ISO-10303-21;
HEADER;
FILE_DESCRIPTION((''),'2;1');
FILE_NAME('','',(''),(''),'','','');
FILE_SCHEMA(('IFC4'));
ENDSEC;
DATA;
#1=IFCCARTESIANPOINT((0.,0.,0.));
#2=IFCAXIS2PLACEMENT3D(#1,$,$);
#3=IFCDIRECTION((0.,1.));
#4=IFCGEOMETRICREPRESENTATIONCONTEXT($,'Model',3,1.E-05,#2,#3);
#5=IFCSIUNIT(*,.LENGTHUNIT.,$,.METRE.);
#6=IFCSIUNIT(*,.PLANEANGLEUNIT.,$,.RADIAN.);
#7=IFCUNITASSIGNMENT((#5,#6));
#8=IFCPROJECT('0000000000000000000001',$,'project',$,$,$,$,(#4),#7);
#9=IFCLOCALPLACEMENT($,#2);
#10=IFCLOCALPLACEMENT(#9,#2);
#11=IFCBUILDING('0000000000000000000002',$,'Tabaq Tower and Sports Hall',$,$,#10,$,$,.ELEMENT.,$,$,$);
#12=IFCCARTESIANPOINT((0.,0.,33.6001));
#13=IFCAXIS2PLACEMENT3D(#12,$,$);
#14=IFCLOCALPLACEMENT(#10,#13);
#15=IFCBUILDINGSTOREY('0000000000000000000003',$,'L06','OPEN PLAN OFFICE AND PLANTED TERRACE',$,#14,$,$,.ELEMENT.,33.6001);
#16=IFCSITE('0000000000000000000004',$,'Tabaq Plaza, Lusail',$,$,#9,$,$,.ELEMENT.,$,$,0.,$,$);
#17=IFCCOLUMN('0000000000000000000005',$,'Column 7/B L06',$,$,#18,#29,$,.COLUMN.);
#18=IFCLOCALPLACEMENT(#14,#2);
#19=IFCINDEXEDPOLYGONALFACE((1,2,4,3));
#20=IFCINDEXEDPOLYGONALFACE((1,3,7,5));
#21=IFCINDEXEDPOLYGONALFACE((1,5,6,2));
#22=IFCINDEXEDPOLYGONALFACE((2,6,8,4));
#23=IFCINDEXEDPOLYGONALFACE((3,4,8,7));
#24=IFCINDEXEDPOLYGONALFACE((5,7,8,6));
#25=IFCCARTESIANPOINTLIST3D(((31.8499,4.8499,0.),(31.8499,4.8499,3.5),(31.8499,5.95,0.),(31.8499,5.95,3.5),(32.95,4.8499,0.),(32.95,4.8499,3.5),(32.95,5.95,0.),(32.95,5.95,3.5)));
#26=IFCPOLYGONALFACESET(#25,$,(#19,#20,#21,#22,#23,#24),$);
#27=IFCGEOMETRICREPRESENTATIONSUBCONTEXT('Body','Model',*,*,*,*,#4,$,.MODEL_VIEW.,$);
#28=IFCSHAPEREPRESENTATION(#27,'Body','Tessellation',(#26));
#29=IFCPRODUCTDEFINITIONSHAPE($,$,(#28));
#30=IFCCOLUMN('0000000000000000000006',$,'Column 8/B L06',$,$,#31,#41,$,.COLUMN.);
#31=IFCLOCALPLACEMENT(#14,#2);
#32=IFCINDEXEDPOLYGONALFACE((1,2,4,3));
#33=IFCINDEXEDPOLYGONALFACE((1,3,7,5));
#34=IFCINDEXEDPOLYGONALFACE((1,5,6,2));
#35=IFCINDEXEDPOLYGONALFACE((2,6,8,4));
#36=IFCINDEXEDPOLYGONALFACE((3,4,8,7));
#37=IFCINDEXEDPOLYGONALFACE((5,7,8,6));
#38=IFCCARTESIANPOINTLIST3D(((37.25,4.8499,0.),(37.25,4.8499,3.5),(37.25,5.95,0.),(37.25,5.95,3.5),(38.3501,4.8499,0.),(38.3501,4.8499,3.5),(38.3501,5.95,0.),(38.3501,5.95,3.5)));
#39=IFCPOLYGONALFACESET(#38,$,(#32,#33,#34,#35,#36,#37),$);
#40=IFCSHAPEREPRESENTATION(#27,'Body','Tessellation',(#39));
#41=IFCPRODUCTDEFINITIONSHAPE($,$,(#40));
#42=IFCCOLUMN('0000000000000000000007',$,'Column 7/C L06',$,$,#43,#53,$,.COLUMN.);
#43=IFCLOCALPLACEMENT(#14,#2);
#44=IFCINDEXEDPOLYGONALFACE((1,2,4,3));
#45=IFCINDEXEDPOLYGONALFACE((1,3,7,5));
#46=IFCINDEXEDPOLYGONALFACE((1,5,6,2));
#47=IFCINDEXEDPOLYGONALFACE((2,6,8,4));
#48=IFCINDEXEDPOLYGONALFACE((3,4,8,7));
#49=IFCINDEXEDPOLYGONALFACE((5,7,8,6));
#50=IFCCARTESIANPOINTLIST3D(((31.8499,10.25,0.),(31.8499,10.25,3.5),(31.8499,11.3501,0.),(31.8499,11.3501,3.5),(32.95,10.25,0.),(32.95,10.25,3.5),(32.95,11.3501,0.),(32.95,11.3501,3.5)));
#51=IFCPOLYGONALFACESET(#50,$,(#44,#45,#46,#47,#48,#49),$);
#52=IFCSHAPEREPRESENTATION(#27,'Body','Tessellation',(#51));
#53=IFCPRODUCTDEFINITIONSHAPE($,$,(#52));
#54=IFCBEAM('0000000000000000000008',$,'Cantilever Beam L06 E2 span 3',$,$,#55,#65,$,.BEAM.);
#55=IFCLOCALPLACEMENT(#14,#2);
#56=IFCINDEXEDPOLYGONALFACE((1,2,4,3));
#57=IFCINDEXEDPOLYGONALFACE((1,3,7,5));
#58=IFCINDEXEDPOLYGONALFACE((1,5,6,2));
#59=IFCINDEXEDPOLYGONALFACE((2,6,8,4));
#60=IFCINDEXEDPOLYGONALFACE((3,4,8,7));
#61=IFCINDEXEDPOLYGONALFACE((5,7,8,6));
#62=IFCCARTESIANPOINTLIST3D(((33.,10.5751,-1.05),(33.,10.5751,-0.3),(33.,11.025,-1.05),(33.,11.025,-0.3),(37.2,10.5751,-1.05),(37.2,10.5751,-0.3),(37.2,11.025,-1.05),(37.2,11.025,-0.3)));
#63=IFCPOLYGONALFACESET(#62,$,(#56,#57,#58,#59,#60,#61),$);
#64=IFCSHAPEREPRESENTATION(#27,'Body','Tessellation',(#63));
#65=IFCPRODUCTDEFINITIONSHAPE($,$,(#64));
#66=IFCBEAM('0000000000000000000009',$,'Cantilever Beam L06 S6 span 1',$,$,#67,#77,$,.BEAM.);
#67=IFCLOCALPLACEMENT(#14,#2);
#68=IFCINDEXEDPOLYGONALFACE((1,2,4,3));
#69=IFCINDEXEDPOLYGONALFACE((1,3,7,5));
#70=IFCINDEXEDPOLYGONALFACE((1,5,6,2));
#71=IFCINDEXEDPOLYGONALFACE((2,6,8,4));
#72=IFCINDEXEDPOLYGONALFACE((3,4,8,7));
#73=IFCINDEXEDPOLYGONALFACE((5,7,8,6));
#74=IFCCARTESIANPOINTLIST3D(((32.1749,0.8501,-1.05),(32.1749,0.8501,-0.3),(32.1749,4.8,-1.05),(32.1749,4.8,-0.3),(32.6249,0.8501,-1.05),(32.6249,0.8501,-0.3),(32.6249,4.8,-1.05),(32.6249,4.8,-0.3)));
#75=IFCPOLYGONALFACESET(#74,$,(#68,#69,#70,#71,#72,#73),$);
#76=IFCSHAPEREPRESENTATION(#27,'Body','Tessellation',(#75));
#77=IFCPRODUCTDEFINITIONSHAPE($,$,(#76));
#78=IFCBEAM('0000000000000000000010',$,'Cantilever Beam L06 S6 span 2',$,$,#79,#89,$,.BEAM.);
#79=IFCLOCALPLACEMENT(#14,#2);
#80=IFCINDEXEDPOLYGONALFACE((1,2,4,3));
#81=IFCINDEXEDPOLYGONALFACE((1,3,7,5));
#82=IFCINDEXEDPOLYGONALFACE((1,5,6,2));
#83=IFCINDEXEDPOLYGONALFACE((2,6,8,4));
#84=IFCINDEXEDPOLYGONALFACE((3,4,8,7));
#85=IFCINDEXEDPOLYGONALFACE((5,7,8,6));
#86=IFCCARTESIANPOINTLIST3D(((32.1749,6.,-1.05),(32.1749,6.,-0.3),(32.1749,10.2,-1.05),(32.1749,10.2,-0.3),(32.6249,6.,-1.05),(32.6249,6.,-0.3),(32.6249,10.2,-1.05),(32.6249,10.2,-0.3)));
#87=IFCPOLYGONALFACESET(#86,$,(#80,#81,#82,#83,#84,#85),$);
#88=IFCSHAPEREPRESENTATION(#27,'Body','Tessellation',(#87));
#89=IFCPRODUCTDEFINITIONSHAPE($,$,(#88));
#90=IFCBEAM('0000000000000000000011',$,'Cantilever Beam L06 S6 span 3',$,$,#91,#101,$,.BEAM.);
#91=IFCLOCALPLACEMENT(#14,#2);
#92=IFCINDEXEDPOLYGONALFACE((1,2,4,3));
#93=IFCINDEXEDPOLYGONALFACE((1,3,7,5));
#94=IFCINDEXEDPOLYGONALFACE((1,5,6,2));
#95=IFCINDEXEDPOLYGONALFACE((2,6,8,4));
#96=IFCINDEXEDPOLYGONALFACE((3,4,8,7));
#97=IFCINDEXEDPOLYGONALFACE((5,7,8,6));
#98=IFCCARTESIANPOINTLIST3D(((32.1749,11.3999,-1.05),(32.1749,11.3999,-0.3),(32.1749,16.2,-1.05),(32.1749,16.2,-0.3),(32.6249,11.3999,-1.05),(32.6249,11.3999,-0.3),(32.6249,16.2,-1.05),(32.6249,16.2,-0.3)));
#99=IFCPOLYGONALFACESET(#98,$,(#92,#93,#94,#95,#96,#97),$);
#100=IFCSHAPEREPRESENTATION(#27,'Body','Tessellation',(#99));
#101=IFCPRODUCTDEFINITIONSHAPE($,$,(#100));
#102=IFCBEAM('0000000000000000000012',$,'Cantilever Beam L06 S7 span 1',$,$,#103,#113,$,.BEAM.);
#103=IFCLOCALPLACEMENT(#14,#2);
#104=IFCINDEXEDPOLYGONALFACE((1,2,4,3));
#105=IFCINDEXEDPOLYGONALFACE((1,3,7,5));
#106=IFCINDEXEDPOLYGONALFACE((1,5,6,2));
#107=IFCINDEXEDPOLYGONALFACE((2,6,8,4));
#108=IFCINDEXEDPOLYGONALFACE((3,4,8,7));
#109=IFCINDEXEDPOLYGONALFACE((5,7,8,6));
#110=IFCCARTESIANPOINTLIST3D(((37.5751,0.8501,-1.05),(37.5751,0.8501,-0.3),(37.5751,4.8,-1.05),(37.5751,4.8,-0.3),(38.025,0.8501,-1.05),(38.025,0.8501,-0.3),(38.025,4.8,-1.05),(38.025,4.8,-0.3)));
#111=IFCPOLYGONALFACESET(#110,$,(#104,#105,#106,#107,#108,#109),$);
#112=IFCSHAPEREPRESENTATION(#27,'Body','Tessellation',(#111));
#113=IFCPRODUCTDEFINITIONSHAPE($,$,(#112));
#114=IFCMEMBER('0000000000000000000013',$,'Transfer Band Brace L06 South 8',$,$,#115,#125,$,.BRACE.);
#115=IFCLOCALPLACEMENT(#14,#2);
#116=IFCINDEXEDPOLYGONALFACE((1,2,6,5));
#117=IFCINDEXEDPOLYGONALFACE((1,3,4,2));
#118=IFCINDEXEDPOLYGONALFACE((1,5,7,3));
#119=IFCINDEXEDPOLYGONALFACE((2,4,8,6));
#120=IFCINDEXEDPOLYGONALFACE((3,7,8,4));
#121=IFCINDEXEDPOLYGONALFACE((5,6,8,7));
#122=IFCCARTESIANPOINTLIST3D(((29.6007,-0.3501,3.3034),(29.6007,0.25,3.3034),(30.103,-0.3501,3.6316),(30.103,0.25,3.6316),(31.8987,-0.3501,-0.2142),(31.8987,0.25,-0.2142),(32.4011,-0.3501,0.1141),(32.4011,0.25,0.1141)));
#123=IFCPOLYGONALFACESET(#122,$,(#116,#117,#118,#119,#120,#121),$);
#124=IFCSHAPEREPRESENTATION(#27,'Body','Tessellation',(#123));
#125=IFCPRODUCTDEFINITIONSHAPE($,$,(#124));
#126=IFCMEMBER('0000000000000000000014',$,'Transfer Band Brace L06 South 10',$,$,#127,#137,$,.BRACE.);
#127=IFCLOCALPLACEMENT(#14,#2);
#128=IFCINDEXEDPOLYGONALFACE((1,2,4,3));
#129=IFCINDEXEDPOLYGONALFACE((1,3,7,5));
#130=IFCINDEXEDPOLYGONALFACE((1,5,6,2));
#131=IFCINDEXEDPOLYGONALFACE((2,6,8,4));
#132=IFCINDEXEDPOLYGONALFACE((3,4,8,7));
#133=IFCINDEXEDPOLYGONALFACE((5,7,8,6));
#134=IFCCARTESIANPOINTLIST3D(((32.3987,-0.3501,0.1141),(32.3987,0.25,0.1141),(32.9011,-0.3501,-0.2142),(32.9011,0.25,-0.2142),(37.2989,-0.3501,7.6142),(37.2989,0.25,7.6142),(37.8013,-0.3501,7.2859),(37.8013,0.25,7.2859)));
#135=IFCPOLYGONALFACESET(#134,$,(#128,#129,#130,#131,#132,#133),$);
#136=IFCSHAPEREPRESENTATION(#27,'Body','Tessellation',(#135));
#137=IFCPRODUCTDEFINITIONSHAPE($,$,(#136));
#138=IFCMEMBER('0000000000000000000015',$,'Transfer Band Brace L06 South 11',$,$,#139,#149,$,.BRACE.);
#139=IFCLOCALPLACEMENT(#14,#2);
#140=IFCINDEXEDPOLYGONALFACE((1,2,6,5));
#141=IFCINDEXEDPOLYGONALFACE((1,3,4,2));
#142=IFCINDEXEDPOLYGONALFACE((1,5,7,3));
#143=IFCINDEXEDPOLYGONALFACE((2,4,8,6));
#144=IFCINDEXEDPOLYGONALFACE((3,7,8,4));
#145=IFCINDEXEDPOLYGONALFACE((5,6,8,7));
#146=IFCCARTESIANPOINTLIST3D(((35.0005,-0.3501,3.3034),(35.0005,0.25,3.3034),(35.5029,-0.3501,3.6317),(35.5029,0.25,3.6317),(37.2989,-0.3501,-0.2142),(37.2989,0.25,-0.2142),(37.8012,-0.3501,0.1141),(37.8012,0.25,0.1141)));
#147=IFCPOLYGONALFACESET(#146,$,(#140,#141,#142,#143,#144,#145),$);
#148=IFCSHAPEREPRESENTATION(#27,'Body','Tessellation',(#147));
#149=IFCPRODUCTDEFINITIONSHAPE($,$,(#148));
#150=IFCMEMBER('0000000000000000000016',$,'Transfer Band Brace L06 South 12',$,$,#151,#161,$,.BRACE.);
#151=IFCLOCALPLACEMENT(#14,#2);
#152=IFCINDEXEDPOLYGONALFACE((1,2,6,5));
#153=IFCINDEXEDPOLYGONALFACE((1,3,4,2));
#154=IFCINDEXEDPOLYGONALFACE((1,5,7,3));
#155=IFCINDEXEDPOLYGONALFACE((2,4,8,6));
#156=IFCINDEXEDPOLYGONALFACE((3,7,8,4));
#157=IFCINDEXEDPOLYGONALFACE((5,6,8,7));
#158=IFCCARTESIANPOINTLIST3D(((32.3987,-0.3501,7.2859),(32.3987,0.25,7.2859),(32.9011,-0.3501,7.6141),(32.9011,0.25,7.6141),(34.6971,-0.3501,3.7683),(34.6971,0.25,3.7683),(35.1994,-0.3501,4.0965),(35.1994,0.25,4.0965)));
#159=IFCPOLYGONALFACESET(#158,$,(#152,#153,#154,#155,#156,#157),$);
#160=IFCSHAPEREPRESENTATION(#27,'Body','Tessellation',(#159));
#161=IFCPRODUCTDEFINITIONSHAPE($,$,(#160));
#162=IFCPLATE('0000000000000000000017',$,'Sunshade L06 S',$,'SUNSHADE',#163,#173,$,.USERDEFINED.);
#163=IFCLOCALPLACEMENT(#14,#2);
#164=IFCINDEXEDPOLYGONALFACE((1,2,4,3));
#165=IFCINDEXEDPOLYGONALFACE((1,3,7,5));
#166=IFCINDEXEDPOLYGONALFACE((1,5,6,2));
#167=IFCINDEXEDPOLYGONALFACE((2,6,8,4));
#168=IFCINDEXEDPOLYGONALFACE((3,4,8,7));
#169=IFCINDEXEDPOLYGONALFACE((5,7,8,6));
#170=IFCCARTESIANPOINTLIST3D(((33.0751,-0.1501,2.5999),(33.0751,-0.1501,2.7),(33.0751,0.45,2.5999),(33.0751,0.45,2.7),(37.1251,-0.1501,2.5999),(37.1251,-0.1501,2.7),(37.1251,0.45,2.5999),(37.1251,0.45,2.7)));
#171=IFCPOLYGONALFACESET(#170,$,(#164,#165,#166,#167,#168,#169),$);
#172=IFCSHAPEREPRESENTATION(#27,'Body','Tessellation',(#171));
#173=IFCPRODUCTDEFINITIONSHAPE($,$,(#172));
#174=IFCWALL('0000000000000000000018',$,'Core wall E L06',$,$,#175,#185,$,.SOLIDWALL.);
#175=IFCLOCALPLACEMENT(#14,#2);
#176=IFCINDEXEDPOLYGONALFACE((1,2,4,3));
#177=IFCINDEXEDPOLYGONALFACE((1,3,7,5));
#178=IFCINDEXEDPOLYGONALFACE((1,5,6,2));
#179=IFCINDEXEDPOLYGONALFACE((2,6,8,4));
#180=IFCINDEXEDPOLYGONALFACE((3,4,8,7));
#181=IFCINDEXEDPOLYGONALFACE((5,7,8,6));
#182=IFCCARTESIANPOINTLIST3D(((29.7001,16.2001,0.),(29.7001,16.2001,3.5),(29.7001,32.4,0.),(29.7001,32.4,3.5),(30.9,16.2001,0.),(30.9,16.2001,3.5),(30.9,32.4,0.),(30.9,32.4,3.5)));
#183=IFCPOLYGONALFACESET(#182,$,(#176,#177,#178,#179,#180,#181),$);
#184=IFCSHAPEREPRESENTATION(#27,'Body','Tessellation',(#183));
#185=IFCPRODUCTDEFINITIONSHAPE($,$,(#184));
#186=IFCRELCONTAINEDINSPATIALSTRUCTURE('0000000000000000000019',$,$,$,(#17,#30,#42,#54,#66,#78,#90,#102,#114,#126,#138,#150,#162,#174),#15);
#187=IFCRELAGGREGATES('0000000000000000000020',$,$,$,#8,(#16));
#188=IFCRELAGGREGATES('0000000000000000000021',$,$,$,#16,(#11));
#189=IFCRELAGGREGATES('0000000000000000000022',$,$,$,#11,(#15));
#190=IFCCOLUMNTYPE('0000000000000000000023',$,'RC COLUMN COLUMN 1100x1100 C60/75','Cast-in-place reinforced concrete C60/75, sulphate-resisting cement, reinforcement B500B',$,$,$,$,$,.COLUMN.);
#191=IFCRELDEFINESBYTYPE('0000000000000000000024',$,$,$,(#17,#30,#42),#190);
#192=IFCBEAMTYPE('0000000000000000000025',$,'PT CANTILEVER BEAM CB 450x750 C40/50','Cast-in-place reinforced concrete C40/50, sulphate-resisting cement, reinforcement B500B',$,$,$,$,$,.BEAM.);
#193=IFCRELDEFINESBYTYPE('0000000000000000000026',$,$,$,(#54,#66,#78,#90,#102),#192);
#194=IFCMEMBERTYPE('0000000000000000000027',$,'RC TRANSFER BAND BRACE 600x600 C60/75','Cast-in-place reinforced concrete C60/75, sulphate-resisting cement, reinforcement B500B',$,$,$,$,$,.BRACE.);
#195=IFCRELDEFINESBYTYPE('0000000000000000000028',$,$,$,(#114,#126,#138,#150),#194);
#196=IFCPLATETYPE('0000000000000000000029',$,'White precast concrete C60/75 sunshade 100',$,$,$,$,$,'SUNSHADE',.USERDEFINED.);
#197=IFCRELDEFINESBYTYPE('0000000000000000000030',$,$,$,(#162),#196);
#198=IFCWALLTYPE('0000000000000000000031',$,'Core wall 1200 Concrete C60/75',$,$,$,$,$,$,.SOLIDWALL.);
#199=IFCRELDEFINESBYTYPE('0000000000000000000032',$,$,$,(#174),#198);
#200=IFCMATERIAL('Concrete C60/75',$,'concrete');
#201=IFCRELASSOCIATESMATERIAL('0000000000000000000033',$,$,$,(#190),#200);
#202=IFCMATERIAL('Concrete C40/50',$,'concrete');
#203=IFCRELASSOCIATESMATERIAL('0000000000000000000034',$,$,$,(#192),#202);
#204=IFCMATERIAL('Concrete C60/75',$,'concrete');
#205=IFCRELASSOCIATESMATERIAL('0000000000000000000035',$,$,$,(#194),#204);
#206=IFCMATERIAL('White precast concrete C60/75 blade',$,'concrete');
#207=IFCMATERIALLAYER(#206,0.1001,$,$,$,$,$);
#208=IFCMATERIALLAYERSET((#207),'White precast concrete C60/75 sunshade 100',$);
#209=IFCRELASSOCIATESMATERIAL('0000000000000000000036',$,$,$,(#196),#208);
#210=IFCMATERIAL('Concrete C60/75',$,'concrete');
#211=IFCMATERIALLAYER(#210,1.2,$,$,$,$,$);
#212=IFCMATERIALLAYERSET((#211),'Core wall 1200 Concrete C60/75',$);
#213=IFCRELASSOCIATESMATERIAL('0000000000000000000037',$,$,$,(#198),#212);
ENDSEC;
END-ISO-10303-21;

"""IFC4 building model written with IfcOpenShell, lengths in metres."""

from ifc_helpers import new_model, si_unit, direction, frame, frame_2d, origin, origin_2d, place, context, subcontext, project, spatial, rectangle, extrude, material, layer, layer_set, material_profile, profile_set, type_object, element, save


model = new_model("IFC4")

# Units and contexts
model_context = context("Model", 3, precision=1e-05, world=origin(), true_north=direction((0.0, 1.0)))
body_context = subcontext(model_context, "Body", "Model", "MODEL_VIEW")
ifc_project = project(units=[si_unit("LENGTHUNIT", "METRE"), si_unit("PLANEANGLEUNIT", "RADIAN")], contexts=[model_context])

# Site, building, storey
site_placement = place(None, origin())
site = spatial("IfcSite", under=ifc_project, at=site_placement, Name="Tabaq Plaza, Lusail", CompositionType="ELEMENT", RefElevation=0.0)
building_placement = place(site_placement, origin())
building = spatial("IfcBuilding", under=site, at=building_placement, Name="Tabaq Tower and Sports Hall", CompositionType="ELEMENT")
storey_placement = place(building_placement, frame((0.0, 0.0, 33.6001)))
storey = spatial("IfcBuildingStorey", under=building, at=storey_placement, Name="L06", Description="OPEN PLAN OFFICE AND PLANTED TERRACE", CompositionType="ELEMENT", Elevation=33.6001)

# Columns
ifc_material_1 = material(Name="Concrete C60/75", Category="concrete")
ifc_material_profile_1 = material_profile(ifc_material_1, rectangle(XDim=1.1001, YDim=1.1001, at=origin_2d()), Name="COLUMN 1100x1100")
ifc_profile_set_1 = profile_set([ifc_material_profile_1], Name="Concrete C60/75")
column_type = type_object("IfcColumnType", Name="RC COLUMN COLUMN 1100x1100 C60/75", Description="Cast-in-place reinforced concrete C60/75, sulphate-resisting cement, reinforcement B500B", PredefinedType="COLUMN", material=ifc_profile_set_1)
for number, where, z_axis, x_axis, name in (
    (1, (32.3999, 5.3999, 0.0), (0.0, 0.0, 1.0), (1.0, 0.0, 0.0), "Column 7/B L06"),
    (2, (37.8, 5.3999, 0.0), (0.0, 0.0, 1.0), (1.0, 0.0, 0.0), "Column 8/B L06"),
    (3, (32.3999, 10.8, 0.0), (0.0, 0.0, 1.0), (1.0, 0.0, 0.0), "Column 7/C L06"),
):
    element("IfcColumn", number, at=place(storey_placement, frame(where, z_axis=z_axis, x_axis=x_axis)), inside=storey, type_object=column_type, Name=name, PredefinedType="COLUMN", context=body_context, shape_type="SweptSolid", body=[
        extrude(rectangle(XDim=1.1001, YDim=1.1001, at=origin_2d()), origin(), (0.0, 0.0, 1.0), 3.5),
    ])

# Beams
ifc_material_2 = material(Name="Concrete C40/50", Category="concrete")
ifc_material_profile_2 = material_profile(ifc_material_2, rectangle(XDim=0.45, YDim=0.75, at=origin_2d()), Name="CB 450x750")
ifc_profile_set_2 = profile_set([ifc_material_profile_2], Name="Concrete C40/50")
beam_type = type_object("IfcBeamType", Name="PT CANTILEVER BEAM CB 450x750 C40/50", Description="Cast-in-place reinforced concrete C40/50, sulphate-resisting cement, reinforcement B500B", PredefinedType="BEAM", material=ifc_profile_set_2)
beam_1_placement = place(storey_placement, frame((37.2, 10.8, -0.675), z_axis=(-1.0, 0.0, 0.0), x_axis=(0.0, -1.0, 0.0)))
element("IfcBeam", 4, at=beam_1_placement, inside=storey, type_object=beam_type, Name="Cantilever Beam L06 E2 span 3", PredefinedType="BEAM", context=body_context, shape_type="SweptSolid", body=[
    extrude(rectangle(XDim=0.45, YDim=0.75, at=origin_2d()), origin(), (0.0, 0.0, 1.0), 4.2),
])
beam_2_placement = place(storey_placement, frame((32.3999, 0.8501, -0.675), z_axis=(0.0, 1.0, 0.0), x_axis=(-1.0, 0.0, 0.0)))
element("IfcBeam", 5, at=beam_2_placement, inside=storey, type_object=beam_type, Name="Cantilever Beam L06 S6 span 1", PredefinedType="BEAM", context=body_context, shape_type="SweptSolid", body=[
    extrude(rectangle(XDim=0.45, YDim=0.75, at=origin_2d()), origin(), (0.0, 0.0, 1.0), 3.95),
])
beam_3_placement = place(storey_placement, frame((32.3999, 6.0, -0.675), z_axis=(0.0, 1.0, 0.0), x_axis=(-1.0, 0.0, 0.0)))
element("IfcBeam", 6, at=beam_3_placement, inside=storey, type_object=beam_type, Name="Cantilever Beam L06 S6 span 2", PredefinedType="BEAM", context=body_context, shape_type="SweptSolid", body=[
    extrude(rectangle(XDim=0.45, YDim=0.75, at=origin_2d()), origin(), (0.0, 0.0, 1.0), 4.2),
])
beam_4_placement = place(storey_placement, frame((32.3999, 11.3999, -0.675), z_axis=(0.0, 1.0, 0.0), x_axis=(-1.0, 0.0, 0.0)))
element("IfcBeam", 7, at=beam_4_placement, inside=storey, type_object=beam_type, Name="Cantilever Beam L06 S6 span 3", PredefinedType="BEAM", context=body_context, shape_type="SweptSolid", body=[
    extrude(rectangle(XDim=0.45, YDim=0.75, at=origin_2d()), origin(), (0.0, 0.0, 1.0), 4.8),
])
beam_5_placement = place(storey_placement, frame((37.8, 0.8501, -0.675), z_axis=(0.0, 1.0, 0.0), x_axis=(-1.0, 0.0, 0.0)))
element("IfcBeam", 8, at=beam_5_placement, inside=storey, type_object=beam_type, Name="Cantilever Beam L06 S7 span 1", PredefinedType="BEAM", context=body_context, shape_type="SweptSolid", body=[
    extrude(rectangle(XDim=0.45, YDim=0.75, at=origin_2d()), origin(), (0.0, 0.0, 1.0), 3.95),
])

# Members
ifc_material_3 = material(Name="Concrete C60/75", Category="concrete")
ifc_material_profile_3 = material_profile(ifc_material_3, rectangle(XDim=0.6001, YDim=0.6001, at=origin_2d()), Name="TRANSFER BAND BRACE 600x600")
ifc_profile_set_3 = profile_set([ifc_material_profile_3], Name="Concrete C60/75")
member_type = type_object("IfcMemberType", Name="RC TRANSFER BAND BRACE 600x600 C60/75", Description="Cast-in-place reinforced concrete C60/75, sulphate-resisting cement, reinforcement B500B", PredefinedType="BRACE", material=ifc_profile_set_3)
member_1_placement = place(storey_placement, frame((32.1499, -0.05, -0.05), z_axis=(-0.546939, 0.0, 0.837172), x_axis=(0.0, -1.0, 0.0)))
element("IfcMember", 9, at=member_1_placement, inside=storey, type_object=member_type, Name="Transfer Band Brace L06 South 8", PredefinedType="BRACE", context=body_context, shape_type="SweptSolid", body=[
    extrude(rectangle(XDim=0.6001, YDim=0.6001, at=origin_2d()), origin(), (0.0, 0.0, 1.0), 4.2017),
])
member_2_placement = place(storey_placement, frame((32.6499, -0.05, -0.05), z_axis=(0.54696, 0.0, 0.837159), x_axis=(0.0, 1.0, 0.0)))
element("IfcMember", 10, at=member_2_placement, inside=storey, type_object=member_type, Name="Transfer Band Brace L06 South 10", PredefinedType="BRACE", context=body_context, shape_type="SweptSolid", body=[
    extrude(rectangle(XDim=0.6001, YDim=0.6001, at=origin_2d()), origin(), (0.0, 0.0, 1.0), 8.959),
])
for number, where, z_axis, x_axis, name in (
    (11, (37.55, -0.05, -0.05), (-0.54698, 0.0, 0.837146), (0.0, -1.0, 0.0), "Transfer Band Brace L06 South 11"),
    (12, (34.9482, -0.05, 3.9324), (-0.54698, 0.0, 0.837146), (0.0, -1.0, 0.0), "Transfer Band Brace L06 South 12"),
):
    element("IfcMember", number, at=place(storey_placement, frame(where, z_axis=z_axis, x_axis=x_axis)), inside=storey, type_object=member_type, Name=name, PredefinedType="BRACE", context=body_context, shape_type="SweptSolid", body=[
        extrude(rectangle(XDim=0.6001, YDim=0.6001, at=origin_2d()), origin(), (0.0, 0.0, 1.0), 4.2019),
    ])

# Plate
ifc_material_4 = material(Name="White precast concrete C60/75 blade", Category="concrete")
ifc_layer_1 = layer(ifc_material_4, 0.1001)
ifc_layer_set_1 = layer_set([ifc_layer_1], Name="White precast concrete C60/75 sunshade 100")
plate_type = type_object("IfcPlateType", Name="White precast concrete C60/75 sunshade 100", ElementType="SUNSHADE", PredefinedType="USERDEFINED", material=ifc_layer_set_1)
plate_placement = place(storey_placement, frame((35.1001, 0.1499, 2.5999), z_axis=(0.0, 0.0, 1.0), x_axis=(1.0, 0.0, 0.0)))
element("IfcPlate", 13, at=plate_placement, inside=storey, type_object=plate_type, Name="Sunshade L06 S", ObjectType="SUNSHADE", PredefinedType="USERDEFINED", context=body_context, shape_type="SweptSolid", body=[
    extrude(rectangle(XDim=4.05, YDim=0.6001, at=origin_2d()), origin(), (0.0, 0.0, 1.0), 0.1001),
])

# Wall
ifc_material_5 = material(Name="Concrete C60/75", Category="concrete")
ifc_layer_2 = layer(ifc_material_5, 1.2)
ifc_layer_set_2 = layer_set([ifc_layer_2], Name="Core wall 1200 Concrete C60/75")
wall_type_1 = type_object("IfcWallType", Name="Core wall 1200 Concrete C60/75", PredefinedType="SOLIDWALL", material=ifc_layer_set_2)
wall_1_placement = place(storey_placement, frame((30.3, 16.2, 0.0), z_axis=(0.0, 0.0, 1.0), x_axis=(0.0, 1.0, 0.0)))
element("IfcWall", 14, at=wall_1_placement, inside=storey, type_object=wall_type_1, Name="Core wall E L06", PredefinedType="SOLIDWALL", context=body_context, shape_type="SweptSolid", body=[
    extrude(rectangle(XDim=16.2, YDim=1.2, at=frame_2d((8.1001, 0.0))), origin(), (0.0, 0.0, 1.0), 3.5),
])

save(model, "model.ifc")
